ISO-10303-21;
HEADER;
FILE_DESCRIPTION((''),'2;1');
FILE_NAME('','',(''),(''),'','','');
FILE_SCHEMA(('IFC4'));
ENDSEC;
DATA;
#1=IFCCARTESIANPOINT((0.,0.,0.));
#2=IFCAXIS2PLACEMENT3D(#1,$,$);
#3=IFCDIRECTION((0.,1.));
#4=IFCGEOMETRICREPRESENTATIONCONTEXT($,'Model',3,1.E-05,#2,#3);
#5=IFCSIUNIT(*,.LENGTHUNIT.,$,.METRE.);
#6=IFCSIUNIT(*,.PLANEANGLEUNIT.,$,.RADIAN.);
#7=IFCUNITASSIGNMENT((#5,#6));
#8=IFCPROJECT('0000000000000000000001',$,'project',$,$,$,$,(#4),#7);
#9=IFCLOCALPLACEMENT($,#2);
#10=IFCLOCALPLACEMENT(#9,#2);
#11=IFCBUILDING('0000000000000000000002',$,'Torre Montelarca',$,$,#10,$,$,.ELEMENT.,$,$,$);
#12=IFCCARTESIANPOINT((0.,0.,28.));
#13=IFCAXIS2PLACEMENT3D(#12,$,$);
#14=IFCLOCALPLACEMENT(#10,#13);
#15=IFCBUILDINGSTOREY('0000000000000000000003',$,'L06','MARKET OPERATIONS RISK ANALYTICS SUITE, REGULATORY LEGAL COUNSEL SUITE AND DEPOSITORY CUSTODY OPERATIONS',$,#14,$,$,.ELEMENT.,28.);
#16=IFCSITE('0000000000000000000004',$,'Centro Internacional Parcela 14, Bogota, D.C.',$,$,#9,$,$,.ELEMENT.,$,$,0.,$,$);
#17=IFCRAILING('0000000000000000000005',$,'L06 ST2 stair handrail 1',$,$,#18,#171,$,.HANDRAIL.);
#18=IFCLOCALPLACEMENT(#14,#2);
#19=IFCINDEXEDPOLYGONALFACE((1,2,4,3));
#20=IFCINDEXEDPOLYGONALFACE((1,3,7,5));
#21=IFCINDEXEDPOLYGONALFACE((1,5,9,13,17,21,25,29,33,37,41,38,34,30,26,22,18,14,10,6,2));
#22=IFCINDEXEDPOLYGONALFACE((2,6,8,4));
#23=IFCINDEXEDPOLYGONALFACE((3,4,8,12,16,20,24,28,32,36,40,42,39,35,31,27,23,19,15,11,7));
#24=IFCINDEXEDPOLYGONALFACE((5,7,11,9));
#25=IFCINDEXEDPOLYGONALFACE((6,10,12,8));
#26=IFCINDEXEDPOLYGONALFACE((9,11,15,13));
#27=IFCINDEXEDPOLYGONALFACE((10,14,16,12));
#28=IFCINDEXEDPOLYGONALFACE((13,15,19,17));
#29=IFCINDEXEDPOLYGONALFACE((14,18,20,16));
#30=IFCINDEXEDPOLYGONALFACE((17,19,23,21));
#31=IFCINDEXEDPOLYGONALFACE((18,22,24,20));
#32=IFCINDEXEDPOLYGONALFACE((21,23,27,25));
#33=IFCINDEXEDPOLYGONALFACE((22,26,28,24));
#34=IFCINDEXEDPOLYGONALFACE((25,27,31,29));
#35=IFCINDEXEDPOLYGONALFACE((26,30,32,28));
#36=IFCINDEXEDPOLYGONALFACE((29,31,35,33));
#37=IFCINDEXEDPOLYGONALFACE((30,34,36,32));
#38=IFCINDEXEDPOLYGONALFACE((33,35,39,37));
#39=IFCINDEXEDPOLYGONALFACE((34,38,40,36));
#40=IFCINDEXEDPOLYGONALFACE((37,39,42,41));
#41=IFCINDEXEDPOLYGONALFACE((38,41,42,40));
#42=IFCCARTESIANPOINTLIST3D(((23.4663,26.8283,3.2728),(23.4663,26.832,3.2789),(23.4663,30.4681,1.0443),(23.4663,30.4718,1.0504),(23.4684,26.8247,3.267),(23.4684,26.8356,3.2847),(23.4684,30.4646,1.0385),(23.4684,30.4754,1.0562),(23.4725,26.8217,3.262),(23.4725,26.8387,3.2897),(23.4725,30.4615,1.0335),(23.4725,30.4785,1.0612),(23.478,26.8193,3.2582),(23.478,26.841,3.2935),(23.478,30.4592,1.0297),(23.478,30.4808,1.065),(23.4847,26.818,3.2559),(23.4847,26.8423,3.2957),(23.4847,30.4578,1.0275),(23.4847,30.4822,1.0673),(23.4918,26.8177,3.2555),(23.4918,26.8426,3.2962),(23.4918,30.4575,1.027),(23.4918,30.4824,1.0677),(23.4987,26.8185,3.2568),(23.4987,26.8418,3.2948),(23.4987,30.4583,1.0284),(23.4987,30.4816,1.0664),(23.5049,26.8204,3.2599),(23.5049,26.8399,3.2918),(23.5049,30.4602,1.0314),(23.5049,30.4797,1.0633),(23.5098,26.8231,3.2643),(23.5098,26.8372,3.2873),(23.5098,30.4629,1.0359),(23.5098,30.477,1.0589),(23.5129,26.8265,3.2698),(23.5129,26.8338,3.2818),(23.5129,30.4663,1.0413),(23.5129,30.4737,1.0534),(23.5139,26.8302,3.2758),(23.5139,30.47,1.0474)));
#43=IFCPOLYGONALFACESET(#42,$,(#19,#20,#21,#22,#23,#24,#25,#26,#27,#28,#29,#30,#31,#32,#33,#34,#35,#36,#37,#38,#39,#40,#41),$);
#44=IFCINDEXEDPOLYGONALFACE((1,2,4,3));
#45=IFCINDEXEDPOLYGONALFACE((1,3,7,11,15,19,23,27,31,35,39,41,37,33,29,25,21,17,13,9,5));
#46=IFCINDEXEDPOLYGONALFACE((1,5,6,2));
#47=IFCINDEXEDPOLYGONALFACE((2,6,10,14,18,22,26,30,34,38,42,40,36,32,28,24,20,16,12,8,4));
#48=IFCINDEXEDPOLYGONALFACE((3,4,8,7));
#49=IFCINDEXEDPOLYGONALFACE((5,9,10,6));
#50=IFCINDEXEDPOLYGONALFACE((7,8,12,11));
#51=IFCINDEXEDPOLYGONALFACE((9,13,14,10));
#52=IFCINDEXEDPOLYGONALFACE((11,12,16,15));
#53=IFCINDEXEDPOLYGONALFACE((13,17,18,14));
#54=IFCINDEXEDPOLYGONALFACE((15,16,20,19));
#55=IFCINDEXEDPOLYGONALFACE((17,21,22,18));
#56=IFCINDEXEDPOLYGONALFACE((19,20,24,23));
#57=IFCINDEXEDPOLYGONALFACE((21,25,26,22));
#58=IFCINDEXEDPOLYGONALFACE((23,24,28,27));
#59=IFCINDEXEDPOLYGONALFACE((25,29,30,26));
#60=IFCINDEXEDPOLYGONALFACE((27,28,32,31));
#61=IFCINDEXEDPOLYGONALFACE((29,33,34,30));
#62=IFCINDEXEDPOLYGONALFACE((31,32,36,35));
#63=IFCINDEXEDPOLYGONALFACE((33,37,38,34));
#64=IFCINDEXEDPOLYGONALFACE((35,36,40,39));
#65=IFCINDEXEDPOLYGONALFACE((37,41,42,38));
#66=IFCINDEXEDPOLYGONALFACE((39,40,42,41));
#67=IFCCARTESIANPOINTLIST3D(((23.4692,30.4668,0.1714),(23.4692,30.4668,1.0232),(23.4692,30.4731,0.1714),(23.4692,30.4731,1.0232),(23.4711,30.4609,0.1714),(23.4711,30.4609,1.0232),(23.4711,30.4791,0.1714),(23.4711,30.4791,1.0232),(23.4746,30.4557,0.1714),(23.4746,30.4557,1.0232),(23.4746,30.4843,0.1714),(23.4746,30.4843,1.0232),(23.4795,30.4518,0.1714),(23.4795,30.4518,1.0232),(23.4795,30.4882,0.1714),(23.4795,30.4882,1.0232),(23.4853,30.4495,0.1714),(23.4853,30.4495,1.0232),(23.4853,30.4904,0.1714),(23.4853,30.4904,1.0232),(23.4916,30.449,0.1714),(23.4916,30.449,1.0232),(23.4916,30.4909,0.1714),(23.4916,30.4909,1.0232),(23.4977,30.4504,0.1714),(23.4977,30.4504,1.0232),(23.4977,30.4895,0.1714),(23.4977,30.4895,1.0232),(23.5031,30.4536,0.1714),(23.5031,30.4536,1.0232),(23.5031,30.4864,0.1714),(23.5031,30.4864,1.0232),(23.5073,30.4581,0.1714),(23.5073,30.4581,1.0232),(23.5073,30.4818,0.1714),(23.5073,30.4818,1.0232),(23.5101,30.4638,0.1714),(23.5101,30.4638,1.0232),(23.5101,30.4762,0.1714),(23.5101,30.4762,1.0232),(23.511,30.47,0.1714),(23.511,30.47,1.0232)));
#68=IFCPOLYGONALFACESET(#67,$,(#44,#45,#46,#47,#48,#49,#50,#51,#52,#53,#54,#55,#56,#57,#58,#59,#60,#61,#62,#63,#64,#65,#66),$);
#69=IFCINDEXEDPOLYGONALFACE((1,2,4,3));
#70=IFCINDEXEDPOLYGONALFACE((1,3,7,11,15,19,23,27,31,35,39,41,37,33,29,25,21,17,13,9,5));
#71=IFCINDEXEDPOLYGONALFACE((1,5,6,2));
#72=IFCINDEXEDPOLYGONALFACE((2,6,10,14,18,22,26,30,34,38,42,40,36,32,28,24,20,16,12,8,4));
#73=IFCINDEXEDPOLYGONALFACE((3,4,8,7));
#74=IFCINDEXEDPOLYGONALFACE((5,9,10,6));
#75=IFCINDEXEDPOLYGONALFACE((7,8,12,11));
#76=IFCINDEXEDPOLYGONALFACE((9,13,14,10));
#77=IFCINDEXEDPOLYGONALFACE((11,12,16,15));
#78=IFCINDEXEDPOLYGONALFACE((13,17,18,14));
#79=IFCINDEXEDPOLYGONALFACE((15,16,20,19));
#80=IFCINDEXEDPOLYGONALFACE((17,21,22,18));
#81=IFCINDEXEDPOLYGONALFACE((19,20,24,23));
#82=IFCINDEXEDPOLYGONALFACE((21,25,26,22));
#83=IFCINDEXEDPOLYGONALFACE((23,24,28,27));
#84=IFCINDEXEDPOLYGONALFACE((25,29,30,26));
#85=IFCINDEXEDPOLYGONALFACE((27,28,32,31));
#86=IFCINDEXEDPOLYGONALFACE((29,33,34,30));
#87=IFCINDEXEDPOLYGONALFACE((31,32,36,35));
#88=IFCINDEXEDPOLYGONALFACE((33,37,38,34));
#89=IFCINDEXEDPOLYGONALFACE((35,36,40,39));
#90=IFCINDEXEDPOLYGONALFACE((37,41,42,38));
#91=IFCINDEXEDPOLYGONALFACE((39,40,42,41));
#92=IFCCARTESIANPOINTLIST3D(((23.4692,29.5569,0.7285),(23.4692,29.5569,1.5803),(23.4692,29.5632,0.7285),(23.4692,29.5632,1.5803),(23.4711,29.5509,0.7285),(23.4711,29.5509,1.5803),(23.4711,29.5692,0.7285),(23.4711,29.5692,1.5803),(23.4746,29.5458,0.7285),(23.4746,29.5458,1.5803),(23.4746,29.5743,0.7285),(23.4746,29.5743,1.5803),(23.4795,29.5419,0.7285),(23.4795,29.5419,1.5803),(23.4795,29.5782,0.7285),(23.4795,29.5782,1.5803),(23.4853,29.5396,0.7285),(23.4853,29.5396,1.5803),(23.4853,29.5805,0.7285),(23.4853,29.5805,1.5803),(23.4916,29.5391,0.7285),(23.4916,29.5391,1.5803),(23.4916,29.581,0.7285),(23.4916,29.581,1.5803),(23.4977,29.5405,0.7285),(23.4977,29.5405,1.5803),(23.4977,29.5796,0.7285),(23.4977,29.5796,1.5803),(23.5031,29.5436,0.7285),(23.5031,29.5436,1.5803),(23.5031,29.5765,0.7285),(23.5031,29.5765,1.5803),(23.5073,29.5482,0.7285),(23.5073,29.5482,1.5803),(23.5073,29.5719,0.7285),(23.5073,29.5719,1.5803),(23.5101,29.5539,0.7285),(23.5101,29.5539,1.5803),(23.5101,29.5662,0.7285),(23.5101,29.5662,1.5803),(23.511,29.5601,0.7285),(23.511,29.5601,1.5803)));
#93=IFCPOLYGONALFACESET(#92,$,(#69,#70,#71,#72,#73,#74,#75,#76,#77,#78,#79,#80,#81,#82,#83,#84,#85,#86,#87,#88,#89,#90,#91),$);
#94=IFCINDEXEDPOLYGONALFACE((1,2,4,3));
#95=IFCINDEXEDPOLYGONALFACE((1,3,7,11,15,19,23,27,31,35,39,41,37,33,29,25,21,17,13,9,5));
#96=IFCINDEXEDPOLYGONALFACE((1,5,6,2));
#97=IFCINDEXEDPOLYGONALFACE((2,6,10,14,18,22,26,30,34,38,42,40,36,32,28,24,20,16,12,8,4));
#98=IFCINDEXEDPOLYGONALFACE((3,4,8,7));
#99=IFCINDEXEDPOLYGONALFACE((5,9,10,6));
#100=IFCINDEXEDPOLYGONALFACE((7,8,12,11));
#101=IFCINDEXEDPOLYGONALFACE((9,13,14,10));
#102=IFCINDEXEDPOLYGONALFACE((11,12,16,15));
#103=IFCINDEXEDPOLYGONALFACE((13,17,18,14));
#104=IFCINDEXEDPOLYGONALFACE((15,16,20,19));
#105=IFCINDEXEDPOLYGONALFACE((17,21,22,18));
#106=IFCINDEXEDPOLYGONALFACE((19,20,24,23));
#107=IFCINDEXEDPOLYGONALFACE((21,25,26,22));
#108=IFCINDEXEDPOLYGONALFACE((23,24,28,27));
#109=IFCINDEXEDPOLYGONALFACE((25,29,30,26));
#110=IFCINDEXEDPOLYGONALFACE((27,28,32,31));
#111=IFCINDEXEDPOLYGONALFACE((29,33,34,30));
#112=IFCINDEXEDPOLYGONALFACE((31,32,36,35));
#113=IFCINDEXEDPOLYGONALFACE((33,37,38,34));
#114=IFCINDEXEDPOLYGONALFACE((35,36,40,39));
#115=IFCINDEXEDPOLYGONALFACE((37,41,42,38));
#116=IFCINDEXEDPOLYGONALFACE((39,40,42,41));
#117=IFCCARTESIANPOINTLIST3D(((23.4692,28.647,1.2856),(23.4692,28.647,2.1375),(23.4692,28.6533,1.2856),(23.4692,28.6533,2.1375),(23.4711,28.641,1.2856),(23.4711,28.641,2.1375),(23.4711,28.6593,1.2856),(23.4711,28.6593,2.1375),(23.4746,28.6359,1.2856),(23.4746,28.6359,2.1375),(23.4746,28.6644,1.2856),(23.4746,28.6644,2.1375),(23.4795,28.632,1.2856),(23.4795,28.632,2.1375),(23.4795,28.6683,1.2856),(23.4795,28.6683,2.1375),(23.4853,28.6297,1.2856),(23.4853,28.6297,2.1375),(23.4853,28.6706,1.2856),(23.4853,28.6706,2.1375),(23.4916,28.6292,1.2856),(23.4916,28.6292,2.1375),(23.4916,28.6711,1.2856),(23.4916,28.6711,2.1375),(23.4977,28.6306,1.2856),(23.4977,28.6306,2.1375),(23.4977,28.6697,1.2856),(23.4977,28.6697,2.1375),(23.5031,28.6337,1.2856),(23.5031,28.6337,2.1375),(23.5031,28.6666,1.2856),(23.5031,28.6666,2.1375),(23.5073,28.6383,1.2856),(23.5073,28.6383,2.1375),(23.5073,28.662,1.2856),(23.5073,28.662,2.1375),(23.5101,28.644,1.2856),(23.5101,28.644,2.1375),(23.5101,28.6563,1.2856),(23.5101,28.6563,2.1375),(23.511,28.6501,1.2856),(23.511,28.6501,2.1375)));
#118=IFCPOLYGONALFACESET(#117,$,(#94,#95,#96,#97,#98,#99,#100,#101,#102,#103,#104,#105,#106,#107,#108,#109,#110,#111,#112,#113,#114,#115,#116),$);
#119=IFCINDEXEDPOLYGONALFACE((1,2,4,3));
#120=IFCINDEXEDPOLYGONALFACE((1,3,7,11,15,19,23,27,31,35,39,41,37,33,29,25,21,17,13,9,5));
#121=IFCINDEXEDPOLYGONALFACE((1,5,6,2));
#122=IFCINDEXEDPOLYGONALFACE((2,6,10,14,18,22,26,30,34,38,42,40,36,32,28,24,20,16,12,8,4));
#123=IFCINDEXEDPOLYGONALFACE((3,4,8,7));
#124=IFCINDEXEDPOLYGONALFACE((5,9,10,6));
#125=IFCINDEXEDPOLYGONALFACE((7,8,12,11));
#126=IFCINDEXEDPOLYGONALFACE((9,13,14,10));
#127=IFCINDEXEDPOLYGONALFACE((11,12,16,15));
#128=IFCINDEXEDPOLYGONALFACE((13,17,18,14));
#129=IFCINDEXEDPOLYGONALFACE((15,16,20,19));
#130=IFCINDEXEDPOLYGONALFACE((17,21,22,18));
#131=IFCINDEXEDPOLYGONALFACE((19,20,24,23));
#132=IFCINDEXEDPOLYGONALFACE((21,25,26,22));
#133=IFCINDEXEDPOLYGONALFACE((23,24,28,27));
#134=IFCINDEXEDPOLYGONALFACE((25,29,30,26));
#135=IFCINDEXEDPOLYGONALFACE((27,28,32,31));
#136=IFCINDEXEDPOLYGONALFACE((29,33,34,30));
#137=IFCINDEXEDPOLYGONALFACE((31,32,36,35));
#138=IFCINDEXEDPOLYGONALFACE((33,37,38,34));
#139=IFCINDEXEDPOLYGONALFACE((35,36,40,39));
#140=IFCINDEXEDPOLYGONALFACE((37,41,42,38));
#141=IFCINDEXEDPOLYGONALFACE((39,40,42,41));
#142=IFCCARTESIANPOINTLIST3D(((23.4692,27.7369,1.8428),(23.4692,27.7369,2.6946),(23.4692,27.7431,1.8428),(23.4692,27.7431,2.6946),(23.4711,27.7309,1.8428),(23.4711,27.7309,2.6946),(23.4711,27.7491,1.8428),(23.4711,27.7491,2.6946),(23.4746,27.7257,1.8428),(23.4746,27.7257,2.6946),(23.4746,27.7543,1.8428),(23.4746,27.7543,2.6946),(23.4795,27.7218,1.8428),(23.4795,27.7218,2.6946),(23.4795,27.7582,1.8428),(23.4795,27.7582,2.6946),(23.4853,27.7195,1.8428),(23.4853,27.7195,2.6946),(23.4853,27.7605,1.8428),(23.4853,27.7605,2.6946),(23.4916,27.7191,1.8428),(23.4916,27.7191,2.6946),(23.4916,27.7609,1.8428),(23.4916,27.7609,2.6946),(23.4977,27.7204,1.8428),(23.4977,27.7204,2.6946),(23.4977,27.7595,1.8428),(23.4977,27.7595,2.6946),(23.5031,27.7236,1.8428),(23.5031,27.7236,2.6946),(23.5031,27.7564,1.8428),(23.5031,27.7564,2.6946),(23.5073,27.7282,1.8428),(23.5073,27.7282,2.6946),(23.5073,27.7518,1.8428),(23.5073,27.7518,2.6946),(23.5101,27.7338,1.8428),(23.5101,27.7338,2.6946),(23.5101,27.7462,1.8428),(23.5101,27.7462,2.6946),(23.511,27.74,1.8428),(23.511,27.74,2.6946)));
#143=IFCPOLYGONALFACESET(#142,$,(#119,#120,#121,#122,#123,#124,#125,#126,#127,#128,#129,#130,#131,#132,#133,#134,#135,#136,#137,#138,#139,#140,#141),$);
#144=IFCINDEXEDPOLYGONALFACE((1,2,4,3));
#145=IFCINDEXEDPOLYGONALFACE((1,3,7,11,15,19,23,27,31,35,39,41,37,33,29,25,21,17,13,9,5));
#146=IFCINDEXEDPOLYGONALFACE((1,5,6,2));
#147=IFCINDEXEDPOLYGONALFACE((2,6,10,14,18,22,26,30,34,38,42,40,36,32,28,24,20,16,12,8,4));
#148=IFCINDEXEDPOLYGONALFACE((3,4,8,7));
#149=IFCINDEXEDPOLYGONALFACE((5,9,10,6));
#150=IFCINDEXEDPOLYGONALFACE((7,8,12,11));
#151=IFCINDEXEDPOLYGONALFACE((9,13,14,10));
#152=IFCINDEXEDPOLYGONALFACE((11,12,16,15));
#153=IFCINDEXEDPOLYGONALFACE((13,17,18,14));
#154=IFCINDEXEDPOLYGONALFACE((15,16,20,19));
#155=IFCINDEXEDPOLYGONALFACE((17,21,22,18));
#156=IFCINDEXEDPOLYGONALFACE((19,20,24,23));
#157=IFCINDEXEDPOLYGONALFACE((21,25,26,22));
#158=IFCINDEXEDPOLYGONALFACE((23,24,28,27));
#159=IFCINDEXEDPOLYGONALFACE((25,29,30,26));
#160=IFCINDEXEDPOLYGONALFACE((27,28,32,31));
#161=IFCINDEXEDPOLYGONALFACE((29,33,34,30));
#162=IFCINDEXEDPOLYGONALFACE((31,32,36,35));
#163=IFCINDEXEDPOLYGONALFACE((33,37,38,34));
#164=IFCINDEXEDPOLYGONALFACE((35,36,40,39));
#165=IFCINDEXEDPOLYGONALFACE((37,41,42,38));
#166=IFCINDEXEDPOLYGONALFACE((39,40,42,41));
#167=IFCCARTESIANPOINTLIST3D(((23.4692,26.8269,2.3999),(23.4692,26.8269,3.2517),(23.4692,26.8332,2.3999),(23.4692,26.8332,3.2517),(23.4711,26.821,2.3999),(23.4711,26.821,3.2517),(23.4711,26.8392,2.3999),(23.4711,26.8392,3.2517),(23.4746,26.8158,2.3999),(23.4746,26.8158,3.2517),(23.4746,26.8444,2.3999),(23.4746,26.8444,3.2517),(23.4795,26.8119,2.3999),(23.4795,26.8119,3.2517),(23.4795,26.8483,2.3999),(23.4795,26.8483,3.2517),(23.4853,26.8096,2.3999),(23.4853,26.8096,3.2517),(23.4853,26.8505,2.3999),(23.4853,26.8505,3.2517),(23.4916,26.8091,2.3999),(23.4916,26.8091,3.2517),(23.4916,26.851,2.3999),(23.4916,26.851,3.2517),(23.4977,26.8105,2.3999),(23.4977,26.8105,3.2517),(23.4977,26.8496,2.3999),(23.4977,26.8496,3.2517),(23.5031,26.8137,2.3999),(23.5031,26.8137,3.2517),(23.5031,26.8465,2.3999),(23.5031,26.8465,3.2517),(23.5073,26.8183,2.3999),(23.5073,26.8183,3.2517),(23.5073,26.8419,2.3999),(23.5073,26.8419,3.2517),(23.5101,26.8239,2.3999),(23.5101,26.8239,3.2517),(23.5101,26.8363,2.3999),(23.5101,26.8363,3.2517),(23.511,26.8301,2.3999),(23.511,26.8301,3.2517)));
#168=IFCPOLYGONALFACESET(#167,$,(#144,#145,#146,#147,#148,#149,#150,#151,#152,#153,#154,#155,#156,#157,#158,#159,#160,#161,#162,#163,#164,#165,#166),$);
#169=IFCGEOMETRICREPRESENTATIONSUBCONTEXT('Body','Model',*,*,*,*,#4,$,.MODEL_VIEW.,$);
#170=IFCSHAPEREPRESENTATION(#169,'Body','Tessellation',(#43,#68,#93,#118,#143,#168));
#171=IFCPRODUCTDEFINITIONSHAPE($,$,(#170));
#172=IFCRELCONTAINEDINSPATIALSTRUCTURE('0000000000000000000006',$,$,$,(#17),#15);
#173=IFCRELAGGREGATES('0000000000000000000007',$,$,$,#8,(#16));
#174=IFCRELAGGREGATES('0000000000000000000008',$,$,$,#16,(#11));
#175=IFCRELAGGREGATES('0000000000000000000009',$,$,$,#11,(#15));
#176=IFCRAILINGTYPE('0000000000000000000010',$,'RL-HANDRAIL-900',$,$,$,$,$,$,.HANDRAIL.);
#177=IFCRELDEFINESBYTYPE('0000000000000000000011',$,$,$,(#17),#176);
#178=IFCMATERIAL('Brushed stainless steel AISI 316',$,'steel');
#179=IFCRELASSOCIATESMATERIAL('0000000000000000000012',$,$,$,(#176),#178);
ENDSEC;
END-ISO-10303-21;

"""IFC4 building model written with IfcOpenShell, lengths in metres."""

from ifc_helpers import new_model, si_unit, direction, frame, origin, origin_2d, place, context, subcontext, project, spatial, circle, extrude, material, type_object, element, save


model = new_model("IFC4")

# Units and contexts
model_context = context("Model", 3, precision=1e-05, world=origin(), true_north=direction((0.0, 1.0)))
body_context = subcontext(model_context, "Body", "Model", "MODEL_VIEW")
ifc_project = project(units=[si_unit("LENGTHUNIT", "METRE"), si_unit("PLANEANGLEUNIT", "RADIAN")], contexts=[model_context])

# Site, building, storey
site_placement = place(None, origin())
site = spatial("IfcSite", under=ifc_project, at=site_placement, Name="Centro Internacional Parcela 14, Bogota, D.C.", CompositionType="ELEMENT", RefElevation=0.0)
building_placement = place(site_placement, origin())
building = spatial("IfcBuilding", under=site, at=building_placement, Name="Torre Montelarca", CompositionType="ELEMENT")
storey_placement = place(building_placement, frame((0.0, 0.0, 28.0)))
storey = spatial("IfcBuildingStorey", under=building, at=storey_placement, Name="L06", Description="MARKET OPERATIONS RISK ANALYTICS SUITE, REGULATORY LEGAL COUNSEL SUITE AND DEPOSITORY CUSTODY OPERATIONS", CompositionType="ELEMENT", Elevation=28.0)

# Shared definitions
ifc_material_1 = material(Name="Brushed stainless steel AISI 316", Category="steel")

# Railing
railing_type_1 = type_object("IfcRailingType", Name="RL-HANDRAIL-900", PredefinedType="HANDRAIL", material=ifc_material_1)
railing_1_placement = place(storey_placement, frame((23.49, 30.47, 0.1714)))
element("IfcRailing", 1, at=railing_1_placement, inside=storey, type_object=railing_type_1, Name="L06 ST2 stair handrail 1", PredefinedType="HANDRAIL", context=body_context, shape_type="SweptSolid", body=[
    extrude(circle(Radius=0.0239, at=origin_2d()), frame((0.0, 0.0, 0.876), z_axis=(0.0, -0.85285, 0.522156), x_axis=(1.0, 0.0, 0.0)), (0.0, 0.0, 1.0), 4.2678),
    extrude(circle(Radius=0.021, at=origin_2d()), origin(), (0.0, 0.0, 1.0), 0.8518),
    extrude(circle(Radius=0.021, at=origin_2d()), frame((0.0, -0.9099, 0.5571)), (0.0, 0.0, 1.0), 0.8518),
    extrude(circle(Radius=0.021, at=origin_2d()), frame((0.0, -1.8198, 1.1143)), (0.0, 0.0, 1.0), 0.8518),
    extrude(circle(Radius=0.021, at=origin_2d()), frame((0.0, -2.73, 1.6714)), (0.0, 0.0, 1.0), 0.8518),
    extrude(circle(Radius=0.021, at=origin_2d()), frame((0.0, -3.6399, 2.2285)), (0.0, 0.0, 1.0), 0.8518),
])

save(model, "model.ifc")
